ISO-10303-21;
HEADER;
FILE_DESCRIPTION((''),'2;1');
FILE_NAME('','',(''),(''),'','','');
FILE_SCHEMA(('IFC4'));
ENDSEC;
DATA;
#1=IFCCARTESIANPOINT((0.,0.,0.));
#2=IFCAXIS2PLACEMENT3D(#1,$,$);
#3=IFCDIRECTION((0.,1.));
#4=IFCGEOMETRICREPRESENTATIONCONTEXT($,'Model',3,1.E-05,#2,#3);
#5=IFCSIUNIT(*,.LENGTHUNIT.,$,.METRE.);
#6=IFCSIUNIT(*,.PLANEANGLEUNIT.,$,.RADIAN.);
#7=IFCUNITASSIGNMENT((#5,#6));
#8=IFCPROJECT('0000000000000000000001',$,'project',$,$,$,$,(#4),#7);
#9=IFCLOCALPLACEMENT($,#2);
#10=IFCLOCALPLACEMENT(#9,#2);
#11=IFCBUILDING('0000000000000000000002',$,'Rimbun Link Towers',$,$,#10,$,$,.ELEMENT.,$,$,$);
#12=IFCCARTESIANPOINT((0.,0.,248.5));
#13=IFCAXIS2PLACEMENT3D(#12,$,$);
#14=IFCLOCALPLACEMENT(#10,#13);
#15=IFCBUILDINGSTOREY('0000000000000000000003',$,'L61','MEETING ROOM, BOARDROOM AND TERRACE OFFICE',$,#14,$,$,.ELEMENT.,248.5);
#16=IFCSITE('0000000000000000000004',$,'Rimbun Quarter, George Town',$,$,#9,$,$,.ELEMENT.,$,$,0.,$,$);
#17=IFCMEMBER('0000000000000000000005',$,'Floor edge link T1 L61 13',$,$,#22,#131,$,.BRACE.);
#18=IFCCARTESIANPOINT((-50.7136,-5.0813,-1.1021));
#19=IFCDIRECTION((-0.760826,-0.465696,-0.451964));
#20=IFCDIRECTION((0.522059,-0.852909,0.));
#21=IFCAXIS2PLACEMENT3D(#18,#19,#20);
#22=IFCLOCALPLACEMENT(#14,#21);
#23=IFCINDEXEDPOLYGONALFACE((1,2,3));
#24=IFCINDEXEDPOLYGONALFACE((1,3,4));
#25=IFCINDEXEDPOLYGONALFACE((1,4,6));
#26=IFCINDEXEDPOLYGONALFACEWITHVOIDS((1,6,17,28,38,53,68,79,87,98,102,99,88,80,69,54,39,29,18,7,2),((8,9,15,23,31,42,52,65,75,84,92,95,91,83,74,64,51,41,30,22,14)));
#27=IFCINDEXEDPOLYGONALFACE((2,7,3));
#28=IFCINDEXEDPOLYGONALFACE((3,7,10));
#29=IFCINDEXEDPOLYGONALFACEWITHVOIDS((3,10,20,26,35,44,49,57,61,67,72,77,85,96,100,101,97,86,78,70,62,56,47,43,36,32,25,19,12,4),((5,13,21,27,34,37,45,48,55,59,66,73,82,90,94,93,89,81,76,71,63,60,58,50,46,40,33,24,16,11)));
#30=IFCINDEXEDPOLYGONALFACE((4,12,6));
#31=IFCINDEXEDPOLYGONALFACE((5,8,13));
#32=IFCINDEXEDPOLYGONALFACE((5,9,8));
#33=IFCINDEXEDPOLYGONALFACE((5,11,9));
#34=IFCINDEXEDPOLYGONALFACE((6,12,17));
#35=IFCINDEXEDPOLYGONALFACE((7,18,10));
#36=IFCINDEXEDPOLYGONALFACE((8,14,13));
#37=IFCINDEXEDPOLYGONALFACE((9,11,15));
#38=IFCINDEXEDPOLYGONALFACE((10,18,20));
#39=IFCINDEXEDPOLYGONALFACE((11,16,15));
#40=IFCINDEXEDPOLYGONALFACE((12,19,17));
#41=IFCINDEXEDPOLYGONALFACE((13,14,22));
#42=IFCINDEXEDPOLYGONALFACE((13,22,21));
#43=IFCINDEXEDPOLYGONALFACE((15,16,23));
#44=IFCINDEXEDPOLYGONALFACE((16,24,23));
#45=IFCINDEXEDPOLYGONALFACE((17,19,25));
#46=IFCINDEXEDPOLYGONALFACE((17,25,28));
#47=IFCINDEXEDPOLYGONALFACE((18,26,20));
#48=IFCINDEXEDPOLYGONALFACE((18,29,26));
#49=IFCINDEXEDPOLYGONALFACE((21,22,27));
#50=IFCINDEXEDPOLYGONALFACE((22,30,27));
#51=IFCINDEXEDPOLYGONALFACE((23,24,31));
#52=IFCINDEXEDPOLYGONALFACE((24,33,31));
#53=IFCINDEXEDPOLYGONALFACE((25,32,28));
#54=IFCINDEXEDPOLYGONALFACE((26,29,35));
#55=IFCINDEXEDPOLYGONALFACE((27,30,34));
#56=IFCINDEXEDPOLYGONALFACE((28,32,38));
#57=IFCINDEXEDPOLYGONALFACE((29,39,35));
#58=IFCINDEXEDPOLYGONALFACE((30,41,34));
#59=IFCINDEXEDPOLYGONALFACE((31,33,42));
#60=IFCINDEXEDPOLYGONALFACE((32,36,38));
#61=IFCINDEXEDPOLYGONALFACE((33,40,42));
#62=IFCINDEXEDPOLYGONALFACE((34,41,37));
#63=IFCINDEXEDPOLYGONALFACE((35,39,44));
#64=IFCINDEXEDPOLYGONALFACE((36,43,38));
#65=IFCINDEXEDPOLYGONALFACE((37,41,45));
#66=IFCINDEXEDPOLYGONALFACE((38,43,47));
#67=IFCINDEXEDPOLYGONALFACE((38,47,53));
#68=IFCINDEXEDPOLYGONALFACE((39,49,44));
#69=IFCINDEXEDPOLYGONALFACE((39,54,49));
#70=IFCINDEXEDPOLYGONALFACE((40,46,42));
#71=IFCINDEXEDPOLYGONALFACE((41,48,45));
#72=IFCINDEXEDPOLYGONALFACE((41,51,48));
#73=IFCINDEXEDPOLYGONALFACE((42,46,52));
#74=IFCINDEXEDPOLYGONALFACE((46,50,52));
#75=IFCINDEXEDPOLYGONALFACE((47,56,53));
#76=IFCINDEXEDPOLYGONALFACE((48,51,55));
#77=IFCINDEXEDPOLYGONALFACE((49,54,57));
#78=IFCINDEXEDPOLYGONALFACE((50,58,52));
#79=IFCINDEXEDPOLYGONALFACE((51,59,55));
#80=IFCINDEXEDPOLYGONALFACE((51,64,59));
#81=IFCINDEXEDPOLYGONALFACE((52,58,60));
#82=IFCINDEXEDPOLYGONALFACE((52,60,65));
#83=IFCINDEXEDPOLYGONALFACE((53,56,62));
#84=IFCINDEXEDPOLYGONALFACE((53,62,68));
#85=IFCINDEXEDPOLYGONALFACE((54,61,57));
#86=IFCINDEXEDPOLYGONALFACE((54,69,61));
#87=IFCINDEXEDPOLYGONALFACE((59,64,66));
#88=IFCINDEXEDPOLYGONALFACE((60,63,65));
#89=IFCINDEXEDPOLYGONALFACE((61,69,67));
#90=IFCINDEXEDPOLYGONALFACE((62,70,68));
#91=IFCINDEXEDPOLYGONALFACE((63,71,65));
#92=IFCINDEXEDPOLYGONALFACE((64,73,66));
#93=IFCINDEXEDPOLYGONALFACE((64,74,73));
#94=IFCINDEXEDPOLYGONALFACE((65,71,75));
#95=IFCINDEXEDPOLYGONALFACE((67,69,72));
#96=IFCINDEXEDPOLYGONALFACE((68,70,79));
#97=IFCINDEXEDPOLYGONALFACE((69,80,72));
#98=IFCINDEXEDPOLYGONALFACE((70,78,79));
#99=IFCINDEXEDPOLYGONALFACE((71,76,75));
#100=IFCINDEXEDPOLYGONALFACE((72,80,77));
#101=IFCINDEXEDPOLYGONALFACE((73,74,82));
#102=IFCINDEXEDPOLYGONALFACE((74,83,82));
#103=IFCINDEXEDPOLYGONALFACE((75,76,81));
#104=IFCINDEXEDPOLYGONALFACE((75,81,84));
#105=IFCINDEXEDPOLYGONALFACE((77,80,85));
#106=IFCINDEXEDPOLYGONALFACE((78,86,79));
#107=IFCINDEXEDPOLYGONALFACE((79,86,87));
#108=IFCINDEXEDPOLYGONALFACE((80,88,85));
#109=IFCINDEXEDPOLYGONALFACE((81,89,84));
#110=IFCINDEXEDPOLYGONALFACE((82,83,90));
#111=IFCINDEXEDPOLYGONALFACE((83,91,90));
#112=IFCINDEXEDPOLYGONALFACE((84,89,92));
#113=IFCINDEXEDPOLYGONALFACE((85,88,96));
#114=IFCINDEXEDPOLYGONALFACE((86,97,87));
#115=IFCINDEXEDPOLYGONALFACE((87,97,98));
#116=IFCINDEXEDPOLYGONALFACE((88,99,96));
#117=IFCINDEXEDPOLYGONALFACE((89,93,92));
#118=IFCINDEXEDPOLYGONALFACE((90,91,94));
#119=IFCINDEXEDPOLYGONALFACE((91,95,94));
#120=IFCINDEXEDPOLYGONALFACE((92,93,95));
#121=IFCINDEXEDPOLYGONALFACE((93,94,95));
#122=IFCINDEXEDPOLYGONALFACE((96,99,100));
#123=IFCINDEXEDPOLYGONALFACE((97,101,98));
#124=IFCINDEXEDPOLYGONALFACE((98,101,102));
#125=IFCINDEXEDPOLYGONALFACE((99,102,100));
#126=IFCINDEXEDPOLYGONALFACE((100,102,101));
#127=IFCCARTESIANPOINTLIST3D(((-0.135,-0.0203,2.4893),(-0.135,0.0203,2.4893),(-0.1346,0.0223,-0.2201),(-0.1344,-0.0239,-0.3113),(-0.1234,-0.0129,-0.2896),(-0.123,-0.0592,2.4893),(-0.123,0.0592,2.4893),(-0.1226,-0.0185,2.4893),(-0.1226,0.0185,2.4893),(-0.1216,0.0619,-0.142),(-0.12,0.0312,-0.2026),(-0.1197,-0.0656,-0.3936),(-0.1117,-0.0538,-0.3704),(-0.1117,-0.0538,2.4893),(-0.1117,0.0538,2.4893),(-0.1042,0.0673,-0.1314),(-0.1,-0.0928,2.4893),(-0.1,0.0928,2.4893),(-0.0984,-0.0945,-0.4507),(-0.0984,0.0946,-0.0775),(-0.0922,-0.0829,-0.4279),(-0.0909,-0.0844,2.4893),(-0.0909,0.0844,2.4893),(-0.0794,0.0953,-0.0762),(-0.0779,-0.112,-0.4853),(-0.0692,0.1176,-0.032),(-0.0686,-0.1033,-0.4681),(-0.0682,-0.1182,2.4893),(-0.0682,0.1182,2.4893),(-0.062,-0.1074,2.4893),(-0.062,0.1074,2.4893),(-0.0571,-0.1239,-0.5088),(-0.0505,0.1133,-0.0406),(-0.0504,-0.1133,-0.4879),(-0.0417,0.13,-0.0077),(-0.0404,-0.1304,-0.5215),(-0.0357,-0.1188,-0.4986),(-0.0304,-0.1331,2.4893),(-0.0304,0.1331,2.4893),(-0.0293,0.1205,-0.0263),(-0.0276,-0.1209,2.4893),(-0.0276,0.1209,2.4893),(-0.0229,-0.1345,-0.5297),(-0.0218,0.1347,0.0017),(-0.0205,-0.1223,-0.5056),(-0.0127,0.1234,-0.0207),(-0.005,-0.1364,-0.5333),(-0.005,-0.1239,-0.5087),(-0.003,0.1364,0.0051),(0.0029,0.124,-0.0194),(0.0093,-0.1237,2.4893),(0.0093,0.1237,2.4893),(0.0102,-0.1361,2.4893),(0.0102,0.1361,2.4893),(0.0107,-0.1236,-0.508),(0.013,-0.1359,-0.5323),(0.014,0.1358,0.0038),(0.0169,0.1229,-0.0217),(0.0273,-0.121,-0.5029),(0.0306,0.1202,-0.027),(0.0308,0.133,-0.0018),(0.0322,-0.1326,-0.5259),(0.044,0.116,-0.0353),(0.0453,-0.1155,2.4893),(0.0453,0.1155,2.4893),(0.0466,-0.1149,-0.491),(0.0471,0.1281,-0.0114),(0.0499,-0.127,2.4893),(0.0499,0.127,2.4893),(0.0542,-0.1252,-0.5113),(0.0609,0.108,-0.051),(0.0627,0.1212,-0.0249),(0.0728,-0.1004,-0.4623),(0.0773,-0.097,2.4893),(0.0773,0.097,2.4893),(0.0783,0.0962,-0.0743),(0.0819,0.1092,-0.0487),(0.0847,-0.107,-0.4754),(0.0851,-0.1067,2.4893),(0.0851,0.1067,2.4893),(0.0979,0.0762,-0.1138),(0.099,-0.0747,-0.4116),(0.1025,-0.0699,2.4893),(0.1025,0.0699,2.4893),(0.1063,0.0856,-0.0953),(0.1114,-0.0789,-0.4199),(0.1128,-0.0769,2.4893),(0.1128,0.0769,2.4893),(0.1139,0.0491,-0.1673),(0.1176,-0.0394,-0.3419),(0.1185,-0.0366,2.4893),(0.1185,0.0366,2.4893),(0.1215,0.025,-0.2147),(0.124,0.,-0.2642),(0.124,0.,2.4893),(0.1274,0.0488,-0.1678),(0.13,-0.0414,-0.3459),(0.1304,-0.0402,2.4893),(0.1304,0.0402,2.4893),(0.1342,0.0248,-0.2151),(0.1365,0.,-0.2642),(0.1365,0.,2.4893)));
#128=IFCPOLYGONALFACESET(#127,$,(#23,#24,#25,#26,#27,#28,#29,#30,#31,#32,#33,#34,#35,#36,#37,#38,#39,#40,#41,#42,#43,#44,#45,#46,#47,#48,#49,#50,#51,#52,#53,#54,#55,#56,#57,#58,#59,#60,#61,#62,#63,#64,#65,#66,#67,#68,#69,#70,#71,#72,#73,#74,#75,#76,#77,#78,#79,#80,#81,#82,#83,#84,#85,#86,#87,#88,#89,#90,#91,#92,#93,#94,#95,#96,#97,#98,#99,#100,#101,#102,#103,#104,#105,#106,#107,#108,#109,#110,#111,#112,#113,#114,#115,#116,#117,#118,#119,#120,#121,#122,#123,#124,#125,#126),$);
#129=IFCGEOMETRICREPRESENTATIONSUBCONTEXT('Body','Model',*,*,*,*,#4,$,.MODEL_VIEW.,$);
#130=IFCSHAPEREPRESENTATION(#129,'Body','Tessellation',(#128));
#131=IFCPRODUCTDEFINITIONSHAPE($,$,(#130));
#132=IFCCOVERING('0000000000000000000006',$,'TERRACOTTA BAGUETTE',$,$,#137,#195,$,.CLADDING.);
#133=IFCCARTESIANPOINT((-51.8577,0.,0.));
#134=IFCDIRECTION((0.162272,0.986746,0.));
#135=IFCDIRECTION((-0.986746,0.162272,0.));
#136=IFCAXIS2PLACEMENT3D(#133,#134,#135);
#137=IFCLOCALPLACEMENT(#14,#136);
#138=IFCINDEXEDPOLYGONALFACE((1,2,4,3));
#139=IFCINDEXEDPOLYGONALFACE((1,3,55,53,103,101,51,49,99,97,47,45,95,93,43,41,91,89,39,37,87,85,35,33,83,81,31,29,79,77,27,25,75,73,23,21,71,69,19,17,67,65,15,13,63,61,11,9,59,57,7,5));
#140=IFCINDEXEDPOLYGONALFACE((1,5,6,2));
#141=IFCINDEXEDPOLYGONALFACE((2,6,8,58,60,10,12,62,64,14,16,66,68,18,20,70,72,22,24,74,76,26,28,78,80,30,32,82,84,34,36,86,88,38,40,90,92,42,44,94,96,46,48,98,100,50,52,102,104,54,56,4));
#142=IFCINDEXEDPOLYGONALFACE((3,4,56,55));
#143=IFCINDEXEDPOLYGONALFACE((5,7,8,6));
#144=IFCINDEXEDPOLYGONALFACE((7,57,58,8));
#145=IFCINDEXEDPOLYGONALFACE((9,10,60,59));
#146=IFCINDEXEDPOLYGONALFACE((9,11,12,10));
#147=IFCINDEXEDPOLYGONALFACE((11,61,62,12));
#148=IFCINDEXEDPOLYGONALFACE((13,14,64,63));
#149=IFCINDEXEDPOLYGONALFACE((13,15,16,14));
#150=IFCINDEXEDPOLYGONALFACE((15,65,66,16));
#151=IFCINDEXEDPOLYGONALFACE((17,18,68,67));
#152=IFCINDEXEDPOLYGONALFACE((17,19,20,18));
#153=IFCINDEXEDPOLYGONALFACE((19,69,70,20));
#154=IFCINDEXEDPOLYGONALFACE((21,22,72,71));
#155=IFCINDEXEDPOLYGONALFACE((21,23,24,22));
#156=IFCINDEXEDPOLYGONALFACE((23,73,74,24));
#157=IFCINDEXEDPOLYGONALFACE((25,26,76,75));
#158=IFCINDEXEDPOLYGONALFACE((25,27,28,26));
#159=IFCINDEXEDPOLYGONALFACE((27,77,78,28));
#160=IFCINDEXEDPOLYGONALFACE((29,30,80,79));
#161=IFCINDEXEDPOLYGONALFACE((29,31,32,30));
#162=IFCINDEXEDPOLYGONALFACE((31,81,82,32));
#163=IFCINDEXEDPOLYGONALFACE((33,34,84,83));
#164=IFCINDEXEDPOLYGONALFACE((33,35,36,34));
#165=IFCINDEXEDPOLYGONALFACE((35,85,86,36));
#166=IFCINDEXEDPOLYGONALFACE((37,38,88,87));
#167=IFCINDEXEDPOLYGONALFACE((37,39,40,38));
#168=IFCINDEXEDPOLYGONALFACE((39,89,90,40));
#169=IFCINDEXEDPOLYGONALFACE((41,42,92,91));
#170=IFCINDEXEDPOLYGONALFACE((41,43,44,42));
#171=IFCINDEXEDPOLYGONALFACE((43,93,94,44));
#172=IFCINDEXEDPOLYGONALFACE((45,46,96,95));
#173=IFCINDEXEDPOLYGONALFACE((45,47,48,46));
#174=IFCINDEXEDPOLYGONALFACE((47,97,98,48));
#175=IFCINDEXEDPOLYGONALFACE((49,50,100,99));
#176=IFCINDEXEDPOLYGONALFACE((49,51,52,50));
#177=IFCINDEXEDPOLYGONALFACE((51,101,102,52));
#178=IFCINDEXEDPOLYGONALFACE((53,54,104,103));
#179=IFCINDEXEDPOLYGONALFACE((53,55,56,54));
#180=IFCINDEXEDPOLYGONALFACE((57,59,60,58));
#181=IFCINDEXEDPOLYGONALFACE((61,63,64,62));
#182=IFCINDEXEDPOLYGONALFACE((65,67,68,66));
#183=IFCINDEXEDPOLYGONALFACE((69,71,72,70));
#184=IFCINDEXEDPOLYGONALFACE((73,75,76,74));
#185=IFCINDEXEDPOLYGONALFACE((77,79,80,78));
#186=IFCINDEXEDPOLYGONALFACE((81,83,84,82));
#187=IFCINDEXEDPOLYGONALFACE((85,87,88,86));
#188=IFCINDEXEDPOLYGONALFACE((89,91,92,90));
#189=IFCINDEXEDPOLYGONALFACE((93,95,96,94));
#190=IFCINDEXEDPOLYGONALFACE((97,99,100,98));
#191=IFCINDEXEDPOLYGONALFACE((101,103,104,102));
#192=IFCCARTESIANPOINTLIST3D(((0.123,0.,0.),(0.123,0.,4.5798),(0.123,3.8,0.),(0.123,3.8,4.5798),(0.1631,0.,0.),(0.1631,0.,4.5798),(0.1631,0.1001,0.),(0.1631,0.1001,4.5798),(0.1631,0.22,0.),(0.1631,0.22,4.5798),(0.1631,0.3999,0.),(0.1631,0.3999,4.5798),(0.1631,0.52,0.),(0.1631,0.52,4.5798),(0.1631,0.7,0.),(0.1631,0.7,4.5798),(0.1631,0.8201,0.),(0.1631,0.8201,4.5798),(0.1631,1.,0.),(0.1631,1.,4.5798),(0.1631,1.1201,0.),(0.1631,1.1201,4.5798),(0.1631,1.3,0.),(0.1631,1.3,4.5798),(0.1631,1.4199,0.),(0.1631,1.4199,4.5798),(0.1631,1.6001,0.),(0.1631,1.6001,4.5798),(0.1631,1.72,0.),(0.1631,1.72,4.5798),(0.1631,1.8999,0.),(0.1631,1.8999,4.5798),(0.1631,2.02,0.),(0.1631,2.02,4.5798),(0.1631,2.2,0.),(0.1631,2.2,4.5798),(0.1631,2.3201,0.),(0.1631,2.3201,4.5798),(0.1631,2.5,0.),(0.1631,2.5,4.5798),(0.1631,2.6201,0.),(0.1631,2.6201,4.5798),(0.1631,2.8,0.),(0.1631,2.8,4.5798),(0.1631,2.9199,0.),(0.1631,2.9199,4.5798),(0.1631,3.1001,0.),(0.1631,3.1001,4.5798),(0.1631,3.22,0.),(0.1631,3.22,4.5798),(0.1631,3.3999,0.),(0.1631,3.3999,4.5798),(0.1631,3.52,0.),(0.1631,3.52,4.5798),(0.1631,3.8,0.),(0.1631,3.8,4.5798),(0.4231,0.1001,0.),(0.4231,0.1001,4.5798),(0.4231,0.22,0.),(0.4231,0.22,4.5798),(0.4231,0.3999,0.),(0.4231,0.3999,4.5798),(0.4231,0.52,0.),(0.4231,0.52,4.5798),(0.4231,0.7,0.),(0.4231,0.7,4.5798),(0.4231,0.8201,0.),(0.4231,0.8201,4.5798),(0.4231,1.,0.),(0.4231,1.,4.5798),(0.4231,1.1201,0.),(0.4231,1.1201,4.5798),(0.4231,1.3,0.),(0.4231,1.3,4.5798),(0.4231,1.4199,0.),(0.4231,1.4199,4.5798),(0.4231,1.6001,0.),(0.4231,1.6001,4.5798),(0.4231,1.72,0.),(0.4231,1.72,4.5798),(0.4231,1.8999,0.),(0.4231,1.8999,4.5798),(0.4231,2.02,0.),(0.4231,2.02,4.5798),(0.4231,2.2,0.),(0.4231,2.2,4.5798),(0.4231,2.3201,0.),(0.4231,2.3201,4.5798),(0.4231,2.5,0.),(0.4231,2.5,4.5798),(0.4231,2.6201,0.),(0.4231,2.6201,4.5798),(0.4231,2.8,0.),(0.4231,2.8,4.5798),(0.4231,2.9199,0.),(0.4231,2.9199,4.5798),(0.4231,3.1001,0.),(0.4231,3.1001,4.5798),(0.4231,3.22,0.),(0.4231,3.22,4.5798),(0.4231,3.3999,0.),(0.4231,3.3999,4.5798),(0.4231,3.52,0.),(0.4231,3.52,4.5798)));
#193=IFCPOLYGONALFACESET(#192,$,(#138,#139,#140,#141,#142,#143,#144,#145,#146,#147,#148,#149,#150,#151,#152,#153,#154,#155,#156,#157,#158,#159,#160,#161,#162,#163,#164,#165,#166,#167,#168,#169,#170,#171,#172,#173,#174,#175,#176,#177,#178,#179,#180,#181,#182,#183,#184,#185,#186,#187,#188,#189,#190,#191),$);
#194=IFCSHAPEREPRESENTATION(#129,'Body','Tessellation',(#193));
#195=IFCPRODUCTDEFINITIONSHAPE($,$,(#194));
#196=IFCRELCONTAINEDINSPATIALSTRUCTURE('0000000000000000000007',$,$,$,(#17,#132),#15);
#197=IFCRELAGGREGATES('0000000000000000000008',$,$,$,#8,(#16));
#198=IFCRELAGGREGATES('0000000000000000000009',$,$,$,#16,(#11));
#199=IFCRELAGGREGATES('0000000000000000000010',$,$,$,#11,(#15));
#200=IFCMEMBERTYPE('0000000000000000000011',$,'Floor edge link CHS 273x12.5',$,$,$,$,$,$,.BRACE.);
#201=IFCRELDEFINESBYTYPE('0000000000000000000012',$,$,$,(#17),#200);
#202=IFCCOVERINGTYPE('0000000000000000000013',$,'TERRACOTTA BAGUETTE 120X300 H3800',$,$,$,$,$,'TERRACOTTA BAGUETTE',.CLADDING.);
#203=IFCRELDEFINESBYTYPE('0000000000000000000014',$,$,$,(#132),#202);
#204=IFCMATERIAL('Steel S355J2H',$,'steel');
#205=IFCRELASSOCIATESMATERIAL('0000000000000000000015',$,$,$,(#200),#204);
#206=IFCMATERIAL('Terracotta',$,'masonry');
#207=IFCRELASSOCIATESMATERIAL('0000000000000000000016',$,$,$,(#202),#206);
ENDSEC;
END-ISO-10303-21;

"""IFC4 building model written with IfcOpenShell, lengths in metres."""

from ifc_helpers import new_model, si_unit, direction, frame, origin, origin_2d, place, context, subcontext, project, spatial, polyline, hollow_circle, outline, extrude, clip, halfspace, material, material_profile, profile_set, type_object, element, save


model = new_model("IFC4")

# Units and contexts
model_context = context("Model", 3, precision=1e-05, world=origin(), true_north=direction((0.0, 1.0)))
body_context = subcontext(model_context, "Body", "Model", "MODEL_VIEW")
ifc_project = project(units=[si_unit("LENGTHUNIT", "METRE"), si_unit("PLANEANGLEUNIT", "RADIAN")], contexts=[model_context])

# Site, building, storey
site_placement = place(None, origin())
site = spatial("IfcSite", under=ifc_project, at=site_placement, Name="Rimbun Quarter, George Town", CompositionType="ELEMENT", RefElevation=0.0)
building_placement = place(site_placement, origin())
building = spatial("IfcBuilding", under=site, at=building_placement, Name="Rimbun Link Towers", CompositionType="ELEMENT")
storey_placement = place(building_placement, frame((0.0, 0.0, 248.5)))
storey = spatial("IfcBuildingStorey", under=building, at=storey_placement, Name="L61", Description="MEETING ROOM, BOARDROOM AND TERRACE OFFICE", CompositionType="ELEMENT", Elevation=248.5)

# Member
ifc_material_1 = material(Name="Steel S355J2H", Category="steel")
ifc_material_profile_1 = material_profile(ifc_material_1, hollow_circle(Radius=0.1365, WallThickness=0.0125, at=origin_2d()), Name="CHS 273x12.5")
ifc_profile_set_1 = profile_set([ifc_material_profile_1], Name="Steel S355J2H")
member_type_1 = type_object("IfcMemberType", Name="Floor edge link CHS 273x12.5", PredefinedType="BRACE", material=ifc_profile_set_1)
member_1_placement = place(storey_placement, frame((-50.7136, -5.0813, -1.1021), z_axis=(-0.760826, -0.465696, -0.451964), x_axis=(0.522059, -0.852909, 0.0)))
element("IfcMember", 1, at=member_1_placement, inside=storey, type_object=member_type_1, Name="Floor edge link T1 L61 13", PredefinedType="BRACE", context=body_context, shape_type="Clipping", body=[
    clip(extrude(hollow_circle(Radius=0.1365, WallThickness=0.0125, at=origin_2d()), frame((0.0, 0.0, -0.5608)), (0.0, 0.0, 1.0), 3.05), halfspace(frame((0.0, 0.0, -0.2642), z_axis=(0.0, 0.892036, -0.451964)), False)),
])

# Covering
ifc_material_2 = material(Name="Terracotta", Category="masonry")
ifc_material_profile_2 = material_profile(ifc_material_2, outline(polyline([(0.123, 0.0), (0.1631, 0.0), (0.1631, 0.1001), (0.4231, 0.1001), (0.4231, 0.22), (0.1631, 0.22), (0.1631, 0.3999), (0.4231, 0.3999), (0.4231, 0.52), (0.1631, 0.52), (0.1631, 0.7), (0.4231, 0.7), (0.4231, 0.8201), (0.1631, 0.8201), (0.1631, 1.0), (0.4231, 1.0), (0.4231, 1.1201), (0.1631, 1.1201), (0.1631, 1.3), (0.4231, 1.3), (0.4231, 1.4199), (0.1631, 1.4199), (0.1631, 1.6001), (0.4231, 1.6001), (0.4231, 1.72), (0.1631, 1.72), (0.1631, 1.8999), (0.4231, 1.8999), (0.4231, 2.02), (0.1631, 2.02), (0.1631, 2.2), (0.4231, 2.2), (0.4231, 2.3201), (0.1631, 2.3201), (0.1631, 2.5), (0.4231, 2.5), (0.4231, 2.6201), (0.1631, 2.6201), (0.1631, 2.8), (0.4231, 2.8), (0.4231, 2.9199), (0.1631, 2.9199), (0.1631, 3.1001), (0.4231, 3.1001), (0.4231, 3.22), (0.1631, 3.22), (0.1631, 3.3999), (0.4231, 3.3999), (0.4231, 3.52), (0.1631, 3.52), (0.1631, 3.8), (0.123, 3.8), (0.123, 0.0)])), Name="BAGUETTE 120X300")
ifc_profile_set_2 = profile_set([ifc_material_profile_2], Name="Terracotta")
covering_type = type_object("IfcCoveringType", Name="TERRACOTTA BAGUETTE 120X300 H3800", ElementType="TERRACOTTA BAGUETTE", PredefinedType="CLADDING", material=ifc_profile_set_2)
for number, where, z_axis, x_axis, name in (
    (2, (-51.8577, 0.0, 0.0), (0.162272, 0.986746, 0.0), (-0.986746, 0.162272, 0.0), "TERRACOTTA BAGUETTE"),
):
    element("IfcCovering", number, at=place(storey_placement, frame(where, z_axis=z_axis, x_axis=x_axis)), inside=storey, type_object=covering_type, Name=name, PredefinedType="CLADDING", context=body_context, shape_type="SweptSolid", body=[
        extrude(outline(polyline([(0.123, 0.0), (0.1631, 0.0), (0.1631, 0.1001), (0.4231, 0.1001), (0.4231, 0.22), (0.1631, 0.22), (0.1631, 0.3999), (0.4231, 0.3999), (0.4231, 0.52), (0.1631, 0.52), (0.1631, 0.7), (0.4231, 0.7), (0.4231, 0.8201), (0.1631, 0.8201), (0.1631, 1.0), (0.4231, 1.0), (0.4231, 1.1201), (0.1631, 1.1201), (0.1631, 1.3), (0.4231, 1.3), (0.4231, 1.4199), (0.1631, 1.4199), (0.1631, 1.6001), (0.4231, 1.6001), (0.4231, 1.72), (0.1631, 1.72), (0.1631, 1.8999), (0.4231, 1.8999), (0.4231, 2.02), (0.1631, 2.02), (0.1631, 2.2), (0.4231, 2.2), (0.4231, 2.3201), (0.1631, 2.3201), (0.1631, 2.5), (0.4231, 2.5), (0.4231, 2.6201), (0.1631, 2.6201), (0.1631, 2.8), (0.4231, 2.8), (0.4231, 2.9199), (0.1631, 2.9199), (0.1631, 3.1001), (0.4231, 3.1001), (0.4231, 3.22), (0.1631, 3.22), (0.1631, 3.3999), (0.4231, 3.3999), (0.4231, 3.52), (0.1631, 3.52), (0.1631, 3.8), (0.123, 3.8), (0.123, 0.0)])), origin(), (0.0, 0.0, 1.0), 4.5798),
    ])

save(model, "model.ifc")
